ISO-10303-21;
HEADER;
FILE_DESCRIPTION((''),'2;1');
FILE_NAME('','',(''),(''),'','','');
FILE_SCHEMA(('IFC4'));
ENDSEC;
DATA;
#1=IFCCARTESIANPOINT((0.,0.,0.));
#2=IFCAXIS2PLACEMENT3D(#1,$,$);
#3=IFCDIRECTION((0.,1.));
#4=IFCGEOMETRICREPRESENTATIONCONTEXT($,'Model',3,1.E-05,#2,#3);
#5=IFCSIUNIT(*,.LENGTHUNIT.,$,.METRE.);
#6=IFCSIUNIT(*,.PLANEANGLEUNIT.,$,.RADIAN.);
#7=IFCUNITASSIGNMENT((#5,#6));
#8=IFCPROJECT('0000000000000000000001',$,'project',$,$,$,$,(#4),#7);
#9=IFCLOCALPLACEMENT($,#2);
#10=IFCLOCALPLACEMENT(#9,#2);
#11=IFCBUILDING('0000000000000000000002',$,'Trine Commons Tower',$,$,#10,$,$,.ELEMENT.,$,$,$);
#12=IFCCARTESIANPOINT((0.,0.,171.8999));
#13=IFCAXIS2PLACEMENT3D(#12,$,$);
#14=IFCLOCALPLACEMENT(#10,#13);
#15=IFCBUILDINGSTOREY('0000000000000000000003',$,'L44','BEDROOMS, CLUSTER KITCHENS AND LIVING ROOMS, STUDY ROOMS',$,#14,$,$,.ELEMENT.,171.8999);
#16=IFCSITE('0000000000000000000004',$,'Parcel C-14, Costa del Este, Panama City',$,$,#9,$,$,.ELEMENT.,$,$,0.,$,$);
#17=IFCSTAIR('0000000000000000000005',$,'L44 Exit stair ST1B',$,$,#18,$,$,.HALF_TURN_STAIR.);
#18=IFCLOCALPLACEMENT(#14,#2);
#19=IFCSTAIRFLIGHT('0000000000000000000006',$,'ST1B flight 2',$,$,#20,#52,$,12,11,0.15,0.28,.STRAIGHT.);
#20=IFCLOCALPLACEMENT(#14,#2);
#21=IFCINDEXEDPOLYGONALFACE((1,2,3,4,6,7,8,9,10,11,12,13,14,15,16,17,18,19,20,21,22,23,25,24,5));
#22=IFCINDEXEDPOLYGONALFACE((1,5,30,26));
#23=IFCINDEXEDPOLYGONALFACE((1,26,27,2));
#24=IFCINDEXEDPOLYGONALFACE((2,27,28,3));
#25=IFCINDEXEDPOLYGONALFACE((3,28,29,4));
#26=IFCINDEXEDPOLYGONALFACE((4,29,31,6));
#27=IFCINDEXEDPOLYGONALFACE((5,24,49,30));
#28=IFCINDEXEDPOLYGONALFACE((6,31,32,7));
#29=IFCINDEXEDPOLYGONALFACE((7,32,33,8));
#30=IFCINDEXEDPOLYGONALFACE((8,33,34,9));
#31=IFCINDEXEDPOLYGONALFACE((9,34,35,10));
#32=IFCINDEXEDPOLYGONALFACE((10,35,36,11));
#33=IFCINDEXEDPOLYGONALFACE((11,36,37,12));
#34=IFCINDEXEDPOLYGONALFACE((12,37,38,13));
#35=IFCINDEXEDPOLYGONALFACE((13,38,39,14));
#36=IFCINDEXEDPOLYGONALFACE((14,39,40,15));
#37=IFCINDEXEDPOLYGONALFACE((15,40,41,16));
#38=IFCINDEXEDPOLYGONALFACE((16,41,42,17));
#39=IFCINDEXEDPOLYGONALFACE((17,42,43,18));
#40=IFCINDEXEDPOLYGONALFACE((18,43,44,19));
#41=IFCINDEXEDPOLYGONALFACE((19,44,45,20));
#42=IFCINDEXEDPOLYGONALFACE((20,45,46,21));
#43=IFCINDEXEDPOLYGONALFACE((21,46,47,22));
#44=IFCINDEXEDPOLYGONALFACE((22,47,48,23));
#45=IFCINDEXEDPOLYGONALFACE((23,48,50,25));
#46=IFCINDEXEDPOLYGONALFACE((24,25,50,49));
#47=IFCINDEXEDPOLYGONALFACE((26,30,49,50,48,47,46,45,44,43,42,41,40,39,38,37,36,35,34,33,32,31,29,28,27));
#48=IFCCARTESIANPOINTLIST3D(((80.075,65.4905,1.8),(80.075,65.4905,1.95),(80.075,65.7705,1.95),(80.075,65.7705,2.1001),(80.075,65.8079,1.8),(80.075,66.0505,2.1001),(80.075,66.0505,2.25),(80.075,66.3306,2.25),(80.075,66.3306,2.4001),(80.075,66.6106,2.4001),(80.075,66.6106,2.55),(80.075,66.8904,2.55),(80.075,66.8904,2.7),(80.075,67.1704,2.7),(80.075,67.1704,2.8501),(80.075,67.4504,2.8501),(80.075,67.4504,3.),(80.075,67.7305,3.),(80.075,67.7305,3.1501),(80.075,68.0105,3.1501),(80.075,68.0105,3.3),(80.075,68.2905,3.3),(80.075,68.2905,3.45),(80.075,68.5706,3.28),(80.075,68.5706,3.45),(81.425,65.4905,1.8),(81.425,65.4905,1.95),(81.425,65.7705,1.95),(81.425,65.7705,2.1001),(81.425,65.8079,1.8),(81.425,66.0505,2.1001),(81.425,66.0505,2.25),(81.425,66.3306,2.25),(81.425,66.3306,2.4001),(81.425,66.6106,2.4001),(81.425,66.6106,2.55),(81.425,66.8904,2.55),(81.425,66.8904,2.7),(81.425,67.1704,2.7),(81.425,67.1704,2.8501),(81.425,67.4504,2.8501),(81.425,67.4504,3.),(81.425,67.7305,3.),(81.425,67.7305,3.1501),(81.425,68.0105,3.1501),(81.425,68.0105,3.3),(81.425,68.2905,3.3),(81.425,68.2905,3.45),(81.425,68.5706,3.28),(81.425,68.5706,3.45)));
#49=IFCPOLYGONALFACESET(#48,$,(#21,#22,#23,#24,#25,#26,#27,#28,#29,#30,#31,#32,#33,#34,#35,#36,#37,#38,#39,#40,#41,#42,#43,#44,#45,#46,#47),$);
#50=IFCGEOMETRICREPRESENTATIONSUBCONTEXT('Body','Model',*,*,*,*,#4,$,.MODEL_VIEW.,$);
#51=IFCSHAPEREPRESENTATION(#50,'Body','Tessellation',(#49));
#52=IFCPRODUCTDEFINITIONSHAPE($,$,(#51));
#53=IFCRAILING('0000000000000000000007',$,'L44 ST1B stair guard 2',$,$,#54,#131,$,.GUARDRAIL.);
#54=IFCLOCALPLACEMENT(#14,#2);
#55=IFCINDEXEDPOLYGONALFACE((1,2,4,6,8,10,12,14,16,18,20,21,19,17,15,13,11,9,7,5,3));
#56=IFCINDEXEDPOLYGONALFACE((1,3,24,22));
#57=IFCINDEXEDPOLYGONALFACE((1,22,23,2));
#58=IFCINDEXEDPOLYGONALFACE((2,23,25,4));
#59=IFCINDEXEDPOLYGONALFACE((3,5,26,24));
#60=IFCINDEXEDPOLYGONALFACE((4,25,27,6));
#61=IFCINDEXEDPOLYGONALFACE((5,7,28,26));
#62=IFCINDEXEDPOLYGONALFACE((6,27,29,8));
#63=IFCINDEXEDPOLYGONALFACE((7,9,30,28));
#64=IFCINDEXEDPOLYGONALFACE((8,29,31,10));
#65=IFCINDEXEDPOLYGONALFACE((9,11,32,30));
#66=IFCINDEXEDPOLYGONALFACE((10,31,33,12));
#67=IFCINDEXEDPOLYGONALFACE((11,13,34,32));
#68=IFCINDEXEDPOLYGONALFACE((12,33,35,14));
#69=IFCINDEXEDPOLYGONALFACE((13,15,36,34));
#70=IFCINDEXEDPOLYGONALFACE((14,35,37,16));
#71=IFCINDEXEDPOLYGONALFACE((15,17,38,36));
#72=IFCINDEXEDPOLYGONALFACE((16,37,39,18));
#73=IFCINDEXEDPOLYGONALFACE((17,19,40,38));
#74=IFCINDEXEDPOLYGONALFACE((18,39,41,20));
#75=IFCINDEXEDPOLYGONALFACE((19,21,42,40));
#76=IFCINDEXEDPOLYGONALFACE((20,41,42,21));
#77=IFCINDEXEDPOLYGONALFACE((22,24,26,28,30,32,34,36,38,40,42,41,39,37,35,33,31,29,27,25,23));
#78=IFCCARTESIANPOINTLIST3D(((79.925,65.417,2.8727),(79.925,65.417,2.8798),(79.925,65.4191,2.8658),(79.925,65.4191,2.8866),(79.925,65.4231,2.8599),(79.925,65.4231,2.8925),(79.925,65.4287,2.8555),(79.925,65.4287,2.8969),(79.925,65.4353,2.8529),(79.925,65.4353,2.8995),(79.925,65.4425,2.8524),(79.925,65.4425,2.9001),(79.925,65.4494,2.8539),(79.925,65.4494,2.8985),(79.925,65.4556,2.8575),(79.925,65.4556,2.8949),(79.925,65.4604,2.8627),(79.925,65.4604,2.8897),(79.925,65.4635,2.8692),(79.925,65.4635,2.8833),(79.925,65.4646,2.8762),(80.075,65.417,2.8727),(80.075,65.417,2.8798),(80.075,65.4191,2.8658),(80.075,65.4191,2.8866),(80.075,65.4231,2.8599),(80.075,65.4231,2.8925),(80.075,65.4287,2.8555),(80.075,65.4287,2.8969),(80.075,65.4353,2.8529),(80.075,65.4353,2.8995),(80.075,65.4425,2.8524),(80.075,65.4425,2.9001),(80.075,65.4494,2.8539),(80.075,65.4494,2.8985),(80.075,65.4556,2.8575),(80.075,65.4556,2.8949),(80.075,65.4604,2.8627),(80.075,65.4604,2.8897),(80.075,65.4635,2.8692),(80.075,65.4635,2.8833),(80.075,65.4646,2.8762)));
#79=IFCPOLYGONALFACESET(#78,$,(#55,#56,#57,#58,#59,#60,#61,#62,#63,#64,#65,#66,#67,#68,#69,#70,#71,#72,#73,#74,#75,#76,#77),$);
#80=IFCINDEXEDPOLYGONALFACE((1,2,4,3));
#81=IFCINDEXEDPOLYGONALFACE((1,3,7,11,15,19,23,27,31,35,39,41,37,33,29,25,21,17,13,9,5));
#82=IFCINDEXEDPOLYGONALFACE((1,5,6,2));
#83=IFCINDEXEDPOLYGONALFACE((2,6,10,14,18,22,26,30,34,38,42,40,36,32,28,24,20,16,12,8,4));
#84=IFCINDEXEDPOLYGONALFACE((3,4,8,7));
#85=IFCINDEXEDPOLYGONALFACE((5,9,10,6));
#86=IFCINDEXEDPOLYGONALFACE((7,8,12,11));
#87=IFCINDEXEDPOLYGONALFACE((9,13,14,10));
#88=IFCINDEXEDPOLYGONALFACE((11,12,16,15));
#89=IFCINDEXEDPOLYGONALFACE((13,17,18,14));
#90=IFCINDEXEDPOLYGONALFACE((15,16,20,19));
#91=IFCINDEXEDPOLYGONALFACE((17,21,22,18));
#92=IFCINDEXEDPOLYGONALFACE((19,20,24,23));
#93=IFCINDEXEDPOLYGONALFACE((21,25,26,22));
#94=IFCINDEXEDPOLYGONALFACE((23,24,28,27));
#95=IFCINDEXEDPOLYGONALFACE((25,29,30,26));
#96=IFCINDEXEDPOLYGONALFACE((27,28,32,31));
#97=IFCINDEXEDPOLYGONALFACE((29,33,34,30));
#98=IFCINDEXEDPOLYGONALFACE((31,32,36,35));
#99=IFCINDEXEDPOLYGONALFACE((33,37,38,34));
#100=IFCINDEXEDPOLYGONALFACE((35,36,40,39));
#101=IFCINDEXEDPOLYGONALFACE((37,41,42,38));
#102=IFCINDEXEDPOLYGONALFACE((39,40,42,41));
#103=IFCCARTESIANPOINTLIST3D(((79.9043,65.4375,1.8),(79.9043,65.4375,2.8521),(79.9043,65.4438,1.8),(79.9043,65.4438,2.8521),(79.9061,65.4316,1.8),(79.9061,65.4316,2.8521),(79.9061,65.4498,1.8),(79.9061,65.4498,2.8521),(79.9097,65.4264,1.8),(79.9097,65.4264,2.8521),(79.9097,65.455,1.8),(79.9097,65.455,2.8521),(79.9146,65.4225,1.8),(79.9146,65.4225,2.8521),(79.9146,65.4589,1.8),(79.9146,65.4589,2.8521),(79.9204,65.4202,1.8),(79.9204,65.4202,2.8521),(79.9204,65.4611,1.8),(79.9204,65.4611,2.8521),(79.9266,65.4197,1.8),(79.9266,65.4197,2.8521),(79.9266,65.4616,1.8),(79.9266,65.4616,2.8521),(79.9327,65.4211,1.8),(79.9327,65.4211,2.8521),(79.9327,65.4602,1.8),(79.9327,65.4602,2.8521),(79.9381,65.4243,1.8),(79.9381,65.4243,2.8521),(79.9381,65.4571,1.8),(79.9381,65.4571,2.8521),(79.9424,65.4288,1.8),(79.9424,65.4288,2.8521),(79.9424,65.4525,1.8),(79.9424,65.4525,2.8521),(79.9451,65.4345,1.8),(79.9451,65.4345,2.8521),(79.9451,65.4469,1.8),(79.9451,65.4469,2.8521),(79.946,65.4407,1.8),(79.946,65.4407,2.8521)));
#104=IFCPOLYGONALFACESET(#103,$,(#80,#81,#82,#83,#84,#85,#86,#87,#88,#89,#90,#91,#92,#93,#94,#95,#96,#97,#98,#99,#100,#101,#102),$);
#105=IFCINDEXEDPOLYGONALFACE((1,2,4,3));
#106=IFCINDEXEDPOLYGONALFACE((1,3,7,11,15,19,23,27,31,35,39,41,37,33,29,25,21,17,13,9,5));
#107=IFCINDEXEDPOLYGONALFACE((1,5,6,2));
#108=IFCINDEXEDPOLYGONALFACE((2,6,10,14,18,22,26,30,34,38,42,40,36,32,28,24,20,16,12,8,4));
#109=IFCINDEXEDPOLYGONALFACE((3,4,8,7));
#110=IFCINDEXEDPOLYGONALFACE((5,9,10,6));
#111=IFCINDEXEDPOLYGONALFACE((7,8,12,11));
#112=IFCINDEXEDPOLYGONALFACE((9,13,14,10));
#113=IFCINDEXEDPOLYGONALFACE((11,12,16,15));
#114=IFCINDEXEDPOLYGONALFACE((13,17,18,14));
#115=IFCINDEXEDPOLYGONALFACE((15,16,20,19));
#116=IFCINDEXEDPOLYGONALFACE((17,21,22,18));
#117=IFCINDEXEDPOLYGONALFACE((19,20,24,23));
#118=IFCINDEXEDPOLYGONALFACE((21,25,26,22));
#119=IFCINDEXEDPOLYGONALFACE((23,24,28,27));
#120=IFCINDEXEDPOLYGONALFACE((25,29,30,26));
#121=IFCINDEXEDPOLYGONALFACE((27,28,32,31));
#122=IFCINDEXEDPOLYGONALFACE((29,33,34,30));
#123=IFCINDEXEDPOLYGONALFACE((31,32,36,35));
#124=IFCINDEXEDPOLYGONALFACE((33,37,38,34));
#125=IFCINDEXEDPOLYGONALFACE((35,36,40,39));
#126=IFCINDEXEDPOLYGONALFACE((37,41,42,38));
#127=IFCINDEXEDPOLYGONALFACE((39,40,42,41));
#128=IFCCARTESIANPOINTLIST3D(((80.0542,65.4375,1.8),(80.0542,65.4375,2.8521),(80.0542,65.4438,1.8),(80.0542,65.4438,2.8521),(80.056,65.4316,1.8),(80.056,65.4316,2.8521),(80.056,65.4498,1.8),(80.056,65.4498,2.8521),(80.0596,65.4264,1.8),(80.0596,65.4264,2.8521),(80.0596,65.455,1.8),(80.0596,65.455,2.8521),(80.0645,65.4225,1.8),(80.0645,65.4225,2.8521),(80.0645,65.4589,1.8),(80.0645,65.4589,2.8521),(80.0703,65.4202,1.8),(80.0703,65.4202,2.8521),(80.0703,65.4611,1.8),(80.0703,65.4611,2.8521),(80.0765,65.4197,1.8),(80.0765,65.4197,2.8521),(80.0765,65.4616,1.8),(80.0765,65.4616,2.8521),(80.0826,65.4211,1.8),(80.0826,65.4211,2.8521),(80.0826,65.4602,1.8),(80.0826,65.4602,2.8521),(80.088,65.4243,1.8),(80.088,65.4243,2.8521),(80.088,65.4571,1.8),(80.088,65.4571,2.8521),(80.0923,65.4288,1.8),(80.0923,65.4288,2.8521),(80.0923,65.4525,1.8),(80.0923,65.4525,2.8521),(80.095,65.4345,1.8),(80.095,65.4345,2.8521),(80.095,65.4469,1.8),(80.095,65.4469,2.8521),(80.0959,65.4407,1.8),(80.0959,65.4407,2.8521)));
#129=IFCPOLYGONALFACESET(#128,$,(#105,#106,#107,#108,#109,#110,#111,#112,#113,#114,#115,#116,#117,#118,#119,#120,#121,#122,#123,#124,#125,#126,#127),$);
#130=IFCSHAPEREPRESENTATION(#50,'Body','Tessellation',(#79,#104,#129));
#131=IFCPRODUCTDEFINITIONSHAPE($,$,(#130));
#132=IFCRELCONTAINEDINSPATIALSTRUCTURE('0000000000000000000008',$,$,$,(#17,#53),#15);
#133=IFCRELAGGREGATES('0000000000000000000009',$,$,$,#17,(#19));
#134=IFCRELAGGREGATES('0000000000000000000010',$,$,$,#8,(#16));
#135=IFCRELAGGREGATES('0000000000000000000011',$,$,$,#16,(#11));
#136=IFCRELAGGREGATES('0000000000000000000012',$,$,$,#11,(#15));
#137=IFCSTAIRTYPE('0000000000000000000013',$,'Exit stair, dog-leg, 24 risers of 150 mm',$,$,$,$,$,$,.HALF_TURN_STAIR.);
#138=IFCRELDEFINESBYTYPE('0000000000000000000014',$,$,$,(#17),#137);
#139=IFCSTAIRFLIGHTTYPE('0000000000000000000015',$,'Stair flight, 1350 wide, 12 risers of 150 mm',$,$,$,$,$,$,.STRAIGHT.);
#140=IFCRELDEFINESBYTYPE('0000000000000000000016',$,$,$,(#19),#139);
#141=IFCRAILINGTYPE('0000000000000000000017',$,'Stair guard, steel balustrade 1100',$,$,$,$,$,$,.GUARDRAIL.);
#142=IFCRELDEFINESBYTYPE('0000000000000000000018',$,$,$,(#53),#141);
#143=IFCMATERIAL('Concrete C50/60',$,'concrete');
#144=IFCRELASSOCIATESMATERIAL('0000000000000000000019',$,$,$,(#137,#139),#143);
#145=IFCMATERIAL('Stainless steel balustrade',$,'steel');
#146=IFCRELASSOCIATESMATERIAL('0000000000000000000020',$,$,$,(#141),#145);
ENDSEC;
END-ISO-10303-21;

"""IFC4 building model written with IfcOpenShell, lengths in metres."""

from ifc_helpers import new_model, si_unit, direction, frame, origin, origin_2d, place, context, subcontext, project, spatial, polyline, circle, outline, extrude, material, type_object, element, aggregate, save


model = new_model("IFC4")

# Units and contexts
model_context = context("Model", 3, precision=1e-05, world=origin(), true_north=direction((0.0, 1.0)))
body_context = subcontext(model_context, "Body", "Model", "MODEL_VIEW")
ifc_project = project(units=[si_unit("LENGTHUNIT", "METRE"), si_unit("PLANEANGLEUNIT", "RADIAN")], contexts=[model_context])

# Site, building, storey
site_placement = place(None, origin())
site = spatial("IfcSite", under=ifc_project, at=site_placement, Name="Parcel C-14, Costa del Este, Panama City", CompositionType="ELEMENT", RefElevation=0.0)
building_placement = place(site_placement, origin())
building = spatial("IfcBuilding", under=site, at=building_placement, Name="Trine Commons Tower", CompositionType="ELEMENT")
storey_placement = place(building_placement, frame((0.0, 0.0, 171.8999)))
storey = spatial("IfcBuildingStorey", under=building, at=storey_placement, Name="L44", Description="BEDROOMS, CLUSTER KITCHENS AND LIVING ROOMS, STUDY ROOMS", CompositionType="ELEMENT", Elevation=171.8999)

# Stair, stair flight
ifc_material_1 = material(Name="Concrete C50/60", Category="concrete")
stair_type = type_object("IfcStairType", Name="Exit stair, dog-leg, 24 risers of 150 mm", PredefinedType="HALF_TURN_STAIR", material=ifc_material_1)
stair_placement = place(storey_placement, origin())
stair = element("IfcStair", 1, at=stair_placement, inside=storey, type_object=stair_type, Name="L44 Exit stair ST1B", PredefinedType="HALF_TURN_STAIR")
stair_flight_type = type_object("IfcStairFlightType", Name="Stair flight, 1350 wide, 12 risers of 150 mm", PredefinedType="STRAIGHT", material=ifc_material_1)
stair_flight_placement = place(storey_placement, frame((80.75, 65.4905, 1.8), z_axis=(0.0, 0.0, 1.0), x_axis=(0.0, 1.0, 0.0)))
stair_flight = element("IfcStairFlight", 2, at=stair_flight_placement, type_object=stair_flight_type, Name="ST1B flight 2", NumberOfRisers=12, NumberOfTreads=11, PredefinedType="STRAIGHT", RiserHeight=0.15, TreadLength=0.28, context=body_context, shape_type="SweptSolid", body=[
    extrude(outline(polyline([(0.0, 0.0), (0.0, 0.1499), (0.28, 0.1499), (0.28, 0.3), (0.5601, 0.3), (0.5601, 0.45), (0.8401, 0.45), (0.8401, 0.6001), (1.1201, 0.6001), (1.1201, 0.75), (1.3999, 0.75), (1.3999, 0.8999), (1.6799, 0.8999), (1.6799, 1.05), (1.96, 1.05), (1.96, 1.2), (2.24, 1.2), (2.24, 1.3501), (2.52, 1.3501), (2.52, 1.5), (2.8, 1.5), (2.8, 1.6499), (3.0801, 1.6499), (3.0801, 1.8), (3.0801, 1.48), (0.3174, 0.0), (0.0, 0.0)])), frame((0.0, 0.675, 0.0), z_axis=(0.0, -1.0, 0.0), x_axis=(1.0, 0.0, 0.0)), (0.0, 0.0, 1.0), 1.3501),
])
aggregate(stair, [stair_flight])

# Railing
ifc_material_2 = material(Name="Stainless steel balustrade", Category="steel")
railing_type_1 = type_object("IfcRailingType", Name="Stair guard, steel balustrade 1100", PredefinedType="GUARDRAIL", material=ifc_material_2)
railing_1_placement = place(storey_placement, frame((79.925, 65.4407, 1.8)))
element("IfcRailing", 3, at=railing_1_placement, inside=storey, type_object=railing_type_1, Name="L44 ST1B stair guard 2", PredefinedType="GUARDRAIL", context=body_context, shape_type="SweptSolid", body=[
    extrude(circle(Radius=0.0239, at=origin_2d()), frame((0.0, 0.0, 1.0762), z_axis=(1.0, 0.0, 0.0), x_axis=(0.0, 1.0, 0.0)), (0.0, 0.0, 1.0), 0.1499),
    extrude(circle(Radius=0.021, at=origin_2d()), origin(), (0.0, 0.0, 1.0), 1.052),
    extrude(circle(Radius=0.021, at=origin_2d()), frame((0.1499, 0.0, 0.0)), (0.0, 0.0, 1.0), 1.052),
])

save(model, "model.ifc")
